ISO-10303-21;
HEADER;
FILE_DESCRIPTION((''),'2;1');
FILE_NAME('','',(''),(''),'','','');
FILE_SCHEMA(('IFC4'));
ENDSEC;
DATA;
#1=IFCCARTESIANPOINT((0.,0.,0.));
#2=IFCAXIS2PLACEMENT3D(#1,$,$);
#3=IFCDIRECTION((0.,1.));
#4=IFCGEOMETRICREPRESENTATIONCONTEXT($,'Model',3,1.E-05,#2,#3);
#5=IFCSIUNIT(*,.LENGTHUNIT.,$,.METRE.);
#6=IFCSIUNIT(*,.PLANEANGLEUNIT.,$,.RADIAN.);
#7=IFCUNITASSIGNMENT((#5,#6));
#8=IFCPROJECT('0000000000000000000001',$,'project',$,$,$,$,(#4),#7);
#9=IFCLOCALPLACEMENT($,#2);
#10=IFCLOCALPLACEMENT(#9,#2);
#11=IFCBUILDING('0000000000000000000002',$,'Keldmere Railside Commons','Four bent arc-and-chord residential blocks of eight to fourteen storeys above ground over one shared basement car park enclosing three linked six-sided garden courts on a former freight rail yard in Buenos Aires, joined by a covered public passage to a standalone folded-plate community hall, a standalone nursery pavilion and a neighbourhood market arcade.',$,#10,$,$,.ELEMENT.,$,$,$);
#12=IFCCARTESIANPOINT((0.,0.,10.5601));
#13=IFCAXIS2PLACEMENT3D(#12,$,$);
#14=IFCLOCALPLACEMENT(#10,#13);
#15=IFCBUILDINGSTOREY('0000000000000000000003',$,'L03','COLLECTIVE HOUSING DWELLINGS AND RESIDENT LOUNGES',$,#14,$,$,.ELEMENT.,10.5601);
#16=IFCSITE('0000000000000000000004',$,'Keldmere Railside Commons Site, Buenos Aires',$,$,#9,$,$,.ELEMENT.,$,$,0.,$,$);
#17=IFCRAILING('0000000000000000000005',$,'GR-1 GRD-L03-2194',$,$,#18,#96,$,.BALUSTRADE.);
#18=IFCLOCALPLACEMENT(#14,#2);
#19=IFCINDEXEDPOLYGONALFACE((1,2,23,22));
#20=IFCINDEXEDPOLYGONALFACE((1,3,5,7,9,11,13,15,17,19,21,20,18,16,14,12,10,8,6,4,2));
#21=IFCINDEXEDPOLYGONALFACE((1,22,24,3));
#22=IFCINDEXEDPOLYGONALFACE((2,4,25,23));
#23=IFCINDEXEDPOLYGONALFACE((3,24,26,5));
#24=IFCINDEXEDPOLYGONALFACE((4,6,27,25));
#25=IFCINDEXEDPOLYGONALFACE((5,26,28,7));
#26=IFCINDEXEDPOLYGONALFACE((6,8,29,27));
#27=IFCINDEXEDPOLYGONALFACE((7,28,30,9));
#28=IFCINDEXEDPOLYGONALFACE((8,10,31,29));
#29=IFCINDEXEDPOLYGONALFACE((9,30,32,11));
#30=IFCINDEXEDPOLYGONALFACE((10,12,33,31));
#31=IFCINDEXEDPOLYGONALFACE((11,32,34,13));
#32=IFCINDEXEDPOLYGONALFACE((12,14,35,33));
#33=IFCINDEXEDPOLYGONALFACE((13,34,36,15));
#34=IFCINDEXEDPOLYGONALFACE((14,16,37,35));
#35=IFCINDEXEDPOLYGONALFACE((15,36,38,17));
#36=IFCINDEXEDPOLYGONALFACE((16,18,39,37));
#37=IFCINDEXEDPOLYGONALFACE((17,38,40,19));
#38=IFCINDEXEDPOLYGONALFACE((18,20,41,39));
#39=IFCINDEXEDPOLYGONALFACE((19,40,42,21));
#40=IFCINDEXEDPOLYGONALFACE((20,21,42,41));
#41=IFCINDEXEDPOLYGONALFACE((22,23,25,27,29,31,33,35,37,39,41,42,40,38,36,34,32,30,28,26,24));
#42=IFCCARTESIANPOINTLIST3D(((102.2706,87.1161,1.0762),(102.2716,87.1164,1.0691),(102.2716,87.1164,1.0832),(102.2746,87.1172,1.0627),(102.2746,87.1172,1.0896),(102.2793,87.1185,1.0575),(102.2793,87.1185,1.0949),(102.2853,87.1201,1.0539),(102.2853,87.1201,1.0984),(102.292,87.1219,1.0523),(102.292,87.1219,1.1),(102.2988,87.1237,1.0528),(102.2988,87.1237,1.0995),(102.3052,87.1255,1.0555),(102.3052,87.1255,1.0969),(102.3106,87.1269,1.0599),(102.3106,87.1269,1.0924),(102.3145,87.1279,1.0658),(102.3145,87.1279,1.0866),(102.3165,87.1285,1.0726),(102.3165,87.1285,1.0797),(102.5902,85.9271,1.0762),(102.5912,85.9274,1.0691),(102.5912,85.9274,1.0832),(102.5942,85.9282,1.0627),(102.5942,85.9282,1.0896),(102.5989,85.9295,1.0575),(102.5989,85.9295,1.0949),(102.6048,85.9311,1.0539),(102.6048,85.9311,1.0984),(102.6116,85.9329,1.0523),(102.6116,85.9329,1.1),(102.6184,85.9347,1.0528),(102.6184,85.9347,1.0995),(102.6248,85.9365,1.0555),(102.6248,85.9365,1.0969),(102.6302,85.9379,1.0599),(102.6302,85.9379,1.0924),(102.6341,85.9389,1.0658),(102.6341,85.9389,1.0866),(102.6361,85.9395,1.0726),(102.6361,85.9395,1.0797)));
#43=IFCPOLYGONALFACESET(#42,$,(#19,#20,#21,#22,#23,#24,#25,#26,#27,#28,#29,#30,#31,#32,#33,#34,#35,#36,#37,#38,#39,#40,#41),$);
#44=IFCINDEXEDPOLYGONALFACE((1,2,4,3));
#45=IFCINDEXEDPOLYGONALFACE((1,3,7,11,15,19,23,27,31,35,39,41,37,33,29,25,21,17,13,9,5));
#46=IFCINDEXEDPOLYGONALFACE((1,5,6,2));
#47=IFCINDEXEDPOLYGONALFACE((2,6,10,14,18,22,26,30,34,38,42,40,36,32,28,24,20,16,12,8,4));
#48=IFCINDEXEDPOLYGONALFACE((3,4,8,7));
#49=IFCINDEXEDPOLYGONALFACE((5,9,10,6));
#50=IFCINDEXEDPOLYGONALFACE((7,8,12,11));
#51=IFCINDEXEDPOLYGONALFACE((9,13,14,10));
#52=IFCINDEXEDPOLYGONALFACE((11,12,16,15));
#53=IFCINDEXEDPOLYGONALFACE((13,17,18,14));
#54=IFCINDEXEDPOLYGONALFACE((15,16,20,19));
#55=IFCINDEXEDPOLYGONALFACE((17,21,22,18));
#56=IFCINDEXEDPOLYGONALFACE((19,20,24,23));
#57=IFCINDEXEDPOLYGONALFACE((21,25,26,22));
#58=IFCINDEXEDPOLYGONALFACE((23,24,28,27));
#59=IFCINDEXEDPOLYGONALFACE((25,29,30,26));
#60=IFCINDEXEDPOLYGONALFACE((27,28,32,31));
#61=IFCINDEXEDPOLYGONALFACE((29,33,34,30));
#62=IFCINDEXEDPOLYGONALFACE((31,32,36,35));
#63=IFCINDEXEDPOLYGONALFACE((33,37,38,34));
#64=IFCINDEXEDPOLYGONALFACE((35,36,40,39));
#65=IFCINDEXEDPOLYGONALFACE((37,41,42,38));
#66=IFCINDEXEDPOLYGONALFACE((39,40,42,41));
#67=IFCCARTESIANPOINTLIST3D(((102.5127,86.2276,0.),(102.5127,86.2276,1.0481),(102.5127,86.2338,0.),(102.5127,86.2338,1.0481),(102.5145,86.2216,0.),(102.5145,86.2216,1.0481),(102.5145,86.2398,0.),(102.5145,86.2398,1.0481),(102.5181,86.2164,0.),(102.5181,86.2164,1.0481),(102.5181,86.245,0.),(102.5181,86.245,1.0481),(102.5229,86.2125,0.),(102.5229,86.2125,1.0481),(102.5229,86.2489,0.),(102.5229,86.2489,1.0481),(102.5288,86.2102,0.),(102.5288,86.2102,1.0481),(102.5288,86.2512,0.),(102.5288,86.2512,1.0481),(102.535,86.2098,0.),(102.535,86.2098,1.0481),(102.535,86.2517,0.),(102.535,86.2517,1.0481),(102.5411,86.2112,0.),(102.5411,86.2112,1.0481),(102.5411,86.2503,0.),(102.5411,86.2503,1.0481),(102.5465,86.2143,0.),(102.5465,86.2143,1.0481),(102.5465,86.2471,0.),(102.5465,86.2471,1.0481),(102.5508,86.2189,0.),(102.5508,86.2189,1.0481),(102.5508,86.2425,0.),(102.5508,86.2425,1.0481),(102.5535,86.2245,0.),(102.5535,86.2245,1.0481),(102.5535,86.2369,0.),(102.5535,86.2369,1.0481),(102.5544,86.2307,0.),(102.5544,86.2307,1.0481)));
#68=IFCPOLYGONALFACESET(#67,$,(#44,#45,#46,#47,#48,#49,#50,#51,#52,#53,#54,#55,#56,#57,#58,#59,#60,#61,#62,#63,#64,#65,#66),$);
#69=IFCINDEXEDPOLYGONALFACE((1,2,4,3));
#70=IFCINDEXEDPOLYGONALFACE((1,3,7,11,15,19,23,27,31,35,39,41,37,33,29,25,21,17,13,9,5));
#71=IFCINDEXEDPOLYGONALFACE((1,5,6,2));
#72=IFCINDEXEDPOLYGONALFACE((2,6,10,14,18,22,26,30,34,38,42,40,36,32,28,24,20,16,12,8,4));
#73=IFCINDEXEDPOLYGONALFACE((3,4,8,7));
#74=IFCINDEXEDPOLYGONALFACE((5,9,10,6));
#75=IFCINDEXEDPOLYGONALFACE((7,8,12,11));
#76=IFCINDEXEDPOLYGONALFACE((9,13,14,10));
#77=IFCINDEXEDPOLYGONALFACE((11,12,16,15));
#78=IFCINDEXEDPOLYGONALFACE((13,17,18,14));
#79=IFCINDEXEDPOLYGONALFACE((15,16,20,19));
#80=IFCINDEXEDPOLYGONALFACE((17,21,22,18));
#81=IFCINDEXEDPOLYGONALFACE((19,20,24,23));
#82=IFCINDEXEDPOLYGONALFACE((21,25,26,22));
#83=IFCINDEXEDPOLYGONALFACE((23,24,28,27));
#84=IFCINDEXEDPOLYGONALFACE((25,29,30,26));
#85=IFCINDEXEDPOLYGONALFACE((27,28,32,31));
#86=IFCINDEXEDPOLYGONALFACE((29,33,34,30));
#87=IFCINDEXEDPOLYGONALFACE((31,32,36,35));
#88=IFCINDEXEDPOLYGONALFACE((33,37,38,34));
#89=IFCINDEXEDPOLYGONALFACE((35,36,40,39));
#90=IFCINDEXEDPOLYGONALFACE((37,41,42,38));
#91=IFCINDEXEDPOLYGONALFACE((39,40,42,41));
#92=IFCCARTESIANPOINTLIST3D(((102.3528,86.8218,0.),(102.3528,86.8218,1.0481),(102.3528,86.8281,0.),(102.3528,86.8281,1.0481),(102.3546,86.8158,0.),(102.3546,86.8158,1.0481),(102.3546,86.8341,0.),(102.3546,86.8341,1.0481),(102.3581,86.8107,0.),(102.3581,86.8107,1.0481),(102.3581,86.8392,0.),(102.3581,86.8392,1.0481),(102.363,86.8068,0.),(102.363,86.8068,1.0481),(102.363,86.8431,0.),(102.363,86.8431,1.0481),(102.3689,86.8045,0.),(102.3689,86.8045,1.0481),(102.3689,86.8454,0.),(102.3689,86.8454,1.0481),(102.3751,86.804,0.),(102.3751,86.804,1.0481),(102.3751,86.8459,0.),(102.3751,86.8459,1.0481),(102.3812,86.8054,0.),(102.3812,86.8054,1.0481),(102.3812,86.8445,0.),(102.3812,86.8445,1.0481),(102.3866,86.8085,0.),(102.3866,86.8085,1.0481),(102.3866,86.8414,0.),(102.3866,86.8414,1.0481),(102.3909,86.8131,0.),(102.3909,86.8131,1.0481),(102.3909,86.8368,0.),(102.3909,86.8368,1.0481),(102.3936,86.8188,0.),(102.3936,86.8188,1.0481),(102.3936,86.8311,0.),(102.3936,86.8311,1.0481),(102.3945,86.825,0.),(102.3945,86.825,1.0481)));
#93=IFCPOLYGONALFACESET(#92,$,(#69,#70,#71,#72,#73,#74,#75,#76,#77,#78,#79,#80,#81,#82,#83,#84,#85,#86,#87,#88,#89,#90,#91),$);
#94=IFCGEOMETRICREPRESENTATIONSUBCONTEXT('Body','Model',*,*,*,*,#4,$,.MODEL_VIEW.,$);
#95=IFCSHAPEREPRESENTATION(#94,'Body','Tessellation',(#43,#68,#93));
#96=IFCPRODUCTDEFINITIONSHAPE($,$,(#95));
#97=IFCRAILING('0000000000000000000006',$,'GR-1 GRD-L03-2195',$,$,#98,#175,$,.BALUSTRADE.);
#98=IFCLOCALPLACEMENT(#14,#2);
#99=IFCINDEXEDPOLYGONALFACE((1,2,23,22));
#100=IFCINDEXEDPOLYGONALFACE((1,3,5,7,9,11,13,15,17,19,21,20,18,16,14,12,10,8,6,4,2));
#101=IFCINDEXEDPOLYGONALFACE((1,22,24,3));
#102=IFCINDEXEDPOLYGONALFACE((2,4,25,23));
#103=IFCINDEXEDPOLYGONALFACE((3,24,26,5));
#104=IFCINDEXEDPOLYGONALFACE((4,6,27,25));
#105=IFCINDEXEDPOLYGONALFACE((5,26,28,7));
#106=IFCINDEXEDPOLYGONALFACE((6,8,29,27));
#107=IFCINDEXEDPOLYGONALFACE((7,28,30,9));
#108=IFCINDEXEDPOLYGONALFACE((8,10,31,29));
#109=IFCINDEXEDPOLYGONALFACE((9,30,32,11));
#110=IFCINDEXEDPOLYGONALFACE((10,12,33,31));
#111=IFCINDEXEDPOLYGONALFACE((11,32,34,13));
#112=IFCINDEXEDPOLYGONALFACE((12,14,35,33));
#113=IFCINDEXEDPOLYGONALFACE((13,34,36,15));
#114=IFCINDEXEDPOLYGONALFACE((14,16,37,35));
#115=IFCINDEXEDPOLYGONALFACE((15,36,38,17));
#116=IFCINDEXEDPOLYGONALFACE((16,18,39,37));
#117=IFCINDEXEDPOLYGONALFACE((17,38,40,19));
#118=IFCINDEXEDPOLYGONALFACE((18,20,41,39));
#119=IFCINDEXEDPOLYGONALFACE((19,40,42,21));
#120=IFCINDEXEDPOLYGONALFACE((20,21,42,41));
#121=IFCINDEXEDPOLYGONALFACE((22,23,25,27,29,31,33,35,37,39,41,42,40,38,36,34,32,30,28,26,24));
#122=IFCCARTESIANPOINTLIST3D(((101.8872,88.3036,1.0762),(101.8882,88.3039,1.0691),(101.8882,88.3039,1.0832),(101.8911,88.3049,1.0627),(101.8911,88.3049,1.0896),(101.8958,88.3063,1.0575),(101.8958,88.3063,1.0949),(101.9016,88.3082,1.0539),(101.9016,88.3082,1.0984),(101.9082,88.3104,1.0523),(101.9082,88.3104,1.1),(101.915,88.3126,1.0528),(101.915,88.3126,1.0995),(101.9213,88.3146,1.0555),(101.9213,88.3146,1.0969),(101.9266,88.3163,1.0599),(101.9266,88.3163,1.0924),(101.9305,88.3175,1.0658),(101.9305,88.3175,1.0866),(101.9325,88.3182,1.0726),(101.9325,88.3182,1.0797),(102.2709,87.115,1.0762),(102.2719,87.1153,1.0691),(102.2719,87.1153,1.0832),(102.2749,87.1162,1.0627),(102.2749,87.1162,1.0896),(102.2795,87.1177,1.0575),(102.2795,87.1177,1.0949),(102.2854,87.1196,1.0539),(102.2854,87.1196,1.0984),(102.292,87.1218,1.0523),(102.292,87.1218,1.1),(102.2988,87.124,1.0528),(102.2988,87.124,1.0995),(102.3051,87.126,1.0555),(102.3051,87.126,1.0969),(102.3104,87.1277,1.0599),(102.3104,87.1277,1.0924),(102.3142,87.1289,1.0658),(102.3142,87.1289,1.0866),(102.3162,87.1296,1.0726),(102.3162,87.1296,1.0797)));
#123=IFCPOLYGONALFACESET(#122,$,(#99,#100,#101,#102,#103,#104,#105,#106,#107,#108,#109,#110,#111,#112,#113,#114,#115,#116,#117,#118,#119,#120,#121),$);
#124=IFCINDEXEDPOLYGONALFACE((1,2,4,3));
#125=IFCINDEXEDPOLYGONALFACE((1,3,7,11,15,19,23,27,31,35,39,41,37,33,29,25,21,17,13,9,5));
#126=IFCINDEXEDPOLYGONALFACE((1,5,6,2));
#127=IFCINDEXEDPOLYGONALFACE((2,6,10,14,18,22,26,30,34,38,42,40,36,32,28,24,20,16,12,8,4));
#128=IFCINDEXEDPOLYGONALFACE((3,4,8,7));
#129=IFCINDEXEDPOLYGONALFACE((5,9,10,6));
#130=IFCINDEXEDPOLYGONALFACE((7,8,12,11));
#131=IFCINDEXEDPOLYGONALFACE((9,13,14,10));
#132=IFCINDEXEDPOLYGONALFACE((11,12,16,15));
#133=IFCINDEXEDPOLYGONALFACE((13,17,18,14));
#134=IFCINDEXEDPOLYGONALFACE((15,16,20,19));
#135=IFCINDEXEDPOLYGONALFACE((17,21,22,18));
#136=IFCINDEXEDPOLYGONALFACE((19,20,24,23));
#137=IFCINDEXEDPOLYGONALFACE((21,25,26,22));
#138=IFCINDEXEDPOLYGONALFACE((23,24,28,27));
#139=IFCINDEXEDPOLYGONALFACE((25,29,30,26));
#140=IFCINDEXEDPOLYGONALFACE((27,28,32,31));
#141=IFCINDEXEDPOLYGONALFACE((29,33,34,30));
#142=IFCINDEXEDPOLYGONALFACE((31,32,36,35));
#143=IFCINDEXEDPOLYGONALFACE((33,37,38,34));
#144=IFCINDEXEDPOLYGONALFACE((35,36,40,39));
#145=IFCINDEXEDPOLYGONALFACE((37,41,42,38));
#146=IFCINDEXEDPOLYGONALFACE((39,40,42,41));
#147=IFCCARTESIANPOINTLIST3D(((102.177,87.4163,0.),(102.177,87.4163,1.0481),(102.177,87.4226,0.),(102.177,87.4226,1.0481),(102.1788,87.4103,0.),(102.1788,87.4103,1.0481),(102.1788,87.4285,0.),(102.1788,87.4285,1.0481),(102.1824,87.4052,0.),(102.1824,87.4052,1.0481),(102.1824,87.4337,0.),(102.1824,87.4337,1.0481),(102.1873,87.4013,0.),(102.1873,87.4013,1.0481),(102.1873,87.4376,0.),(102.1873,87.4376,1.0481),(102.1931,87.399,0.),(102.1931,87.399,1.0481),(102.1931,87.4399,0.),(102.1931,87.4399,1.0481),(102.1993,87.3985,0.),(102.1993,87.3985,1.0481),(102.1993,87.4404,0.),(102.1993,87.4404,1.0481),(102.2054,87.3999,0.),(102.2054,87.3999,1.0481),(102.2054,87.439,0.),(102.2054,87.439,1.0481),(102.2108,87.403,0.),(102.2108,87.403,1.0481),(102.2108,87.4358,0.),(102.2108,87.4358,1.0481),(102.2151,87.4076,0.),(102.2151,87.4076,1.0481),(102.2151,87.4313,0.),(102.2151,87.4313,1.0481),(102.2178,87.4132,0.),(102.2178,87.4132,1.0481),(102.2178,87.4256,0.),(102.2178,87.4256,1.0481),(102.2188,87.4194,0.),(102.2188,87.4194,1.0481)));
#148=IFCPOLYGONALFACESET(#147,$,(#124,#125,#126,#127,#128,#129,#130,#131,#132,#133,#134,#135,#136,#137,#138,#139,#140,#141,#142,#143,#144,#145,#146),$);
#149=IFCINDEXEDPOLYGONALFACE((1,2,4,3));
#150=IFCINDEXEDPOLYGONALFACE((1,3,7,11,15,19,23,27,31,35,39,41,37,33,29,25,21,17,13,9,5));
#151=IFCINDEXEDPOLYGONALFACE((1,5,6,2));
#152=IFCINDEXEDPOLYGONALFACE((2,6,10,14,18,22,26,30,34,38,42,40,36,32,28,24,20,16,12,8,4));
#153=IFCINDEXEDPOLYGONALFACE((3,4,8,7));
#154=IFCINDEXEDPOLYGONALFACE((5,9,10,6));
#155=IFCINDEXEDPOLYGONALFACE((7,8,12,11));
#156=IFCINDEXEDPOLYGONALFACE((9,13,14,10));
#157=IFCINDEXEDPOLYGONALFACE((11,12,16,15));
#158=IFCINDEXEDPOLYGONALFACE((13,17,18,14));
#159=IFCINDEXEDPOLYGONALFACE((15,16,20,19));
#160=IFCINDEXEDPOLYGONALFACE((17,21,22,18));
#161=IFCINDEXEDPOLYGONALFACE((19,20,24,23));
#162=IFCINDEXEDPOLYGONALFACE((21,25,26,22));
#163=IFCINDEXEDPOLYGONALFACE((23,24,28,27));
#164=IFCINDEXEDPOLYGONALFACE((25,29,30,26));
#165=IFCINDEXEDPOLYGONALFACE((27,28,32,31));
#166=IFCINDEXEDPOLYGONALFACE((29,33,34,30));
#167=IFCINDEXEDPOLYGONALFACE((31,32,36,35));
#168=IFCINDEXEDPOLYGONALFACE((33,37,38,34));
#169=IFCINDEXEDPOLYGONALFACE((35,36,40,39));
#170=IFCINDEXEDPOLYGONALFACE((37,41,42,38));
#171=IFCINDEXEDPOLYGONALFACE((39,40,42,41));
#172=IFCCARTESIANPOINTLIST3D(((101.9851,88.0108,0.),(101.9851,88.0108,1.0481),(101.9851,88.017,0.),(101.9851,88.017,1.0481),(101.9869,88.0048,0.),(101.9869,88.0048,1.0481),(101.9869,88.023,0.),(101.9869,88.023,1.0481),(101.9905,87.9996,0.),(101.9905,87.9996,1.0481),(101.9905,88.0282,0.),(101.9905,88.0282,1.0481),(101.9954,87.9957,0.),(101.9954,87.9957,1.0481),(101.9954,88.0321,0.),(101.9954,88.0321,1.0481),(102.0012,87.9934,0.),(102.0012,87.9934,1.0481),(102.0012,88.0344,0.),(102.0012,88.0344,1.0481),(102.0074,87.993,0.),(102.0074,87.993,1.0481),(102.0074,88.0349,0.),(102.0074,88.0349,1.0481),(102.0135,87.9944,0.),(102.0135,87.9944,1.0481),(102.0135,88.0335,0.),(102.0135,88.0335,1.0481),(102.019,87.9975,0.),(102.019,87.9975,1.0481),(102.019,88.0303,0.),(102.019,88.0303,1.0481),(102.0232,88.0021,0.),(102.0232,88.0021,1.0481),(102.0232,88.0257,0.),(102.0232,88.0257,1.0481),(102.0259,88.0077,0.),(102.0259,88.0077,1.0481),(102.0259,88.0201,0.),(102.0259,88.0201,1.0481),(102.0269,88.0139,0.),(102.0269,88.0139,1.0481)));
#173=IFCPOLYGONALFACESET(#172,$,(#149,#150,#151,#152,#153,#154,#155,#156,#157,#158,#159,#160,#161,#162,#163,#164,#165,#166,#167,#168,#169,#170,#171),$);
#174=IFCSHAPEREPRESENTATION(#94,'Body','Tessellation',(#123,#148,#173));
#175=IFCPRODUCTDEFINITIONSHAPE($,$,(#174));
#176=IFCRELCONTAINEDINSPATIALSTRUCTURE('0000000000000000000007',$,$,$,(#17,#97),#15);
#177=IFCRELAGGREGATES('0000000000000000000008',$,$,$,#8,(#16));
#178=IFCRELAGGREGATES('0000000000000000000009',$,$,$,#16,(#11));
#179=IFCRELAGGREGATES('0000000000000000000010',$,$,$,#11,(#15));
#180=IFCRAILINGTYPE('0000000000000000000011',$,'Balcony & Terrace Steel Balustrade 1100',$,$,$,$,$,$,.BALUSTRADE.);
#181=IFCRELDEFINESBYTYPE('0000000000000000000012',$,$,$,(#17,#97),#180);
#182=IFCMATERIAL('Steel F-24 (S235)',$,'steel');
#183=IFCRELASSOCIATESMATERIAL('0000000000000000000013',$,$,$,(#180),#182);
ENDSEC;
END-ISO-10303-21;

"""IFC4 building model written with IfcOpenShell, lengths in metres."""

from ifc_helpers import new_model, si_unit, direction, frame, origin, origin_2d, place, context, subcontext, project, spatial, circle, extrude, material, type_object, element, save


model = new_model("IFC4")

# Units and contexts
model_context = context("Model", 3, precision=1e-05, world=origin(), true_north=direction((0.0, 1.0)))
body_context = subcontext(model_context, "Body", "Model", "MODEL_VIEW")
ifc_project = project(units=[si_unit("LENGTHUNIT", "METRE"), si_unit("PLANEANGLEUNIT", "RADIAN")], contexts=[model_context])

# Site, building, storey
site_placement = place(None, origin())
site = spatial("IfcSite", under=ifc_project, at=site_placement, Name="Keldmere Railside Commons Site, Buenos Aires", CompositionType="ELEMENT", RefElevation=0.0)
building_placement = place(site_placement, origin())
building = spatial("IfcBuilding", under=site, at=building_placement, Name="Keldmere Railside Commons", Description="Four bent arc-and-chord residential blocks of eight to fourteen storeys above ground over one shared basement car park enclosing three linked six-sided garden courts on a former freight rail yard in Buenos Aires, joined by a covered public passage to a standalone folded-plate community hall, a standalone nursery pavilion and a neighbourhood market arcade.", CompositionType="ELEMENT")
storey_placement = place(building_placement, frame((0.0, 0.0, 10.5601)))
storey = spatial("IfcBuildingStorey", under=building, at=storey_placement, Name="L03", Description="COLLECTIVE HOUSING DWELLINGS AND RESIDENT LOUNGES", CompositionType="ELEMENT", Elevation=10.5601)

# Railings
ifc_material_1 = material(Name="Steel F-24 (S235)", Category="steel")
railing_type = type_object("IfcRailingType", Name="Balcony & Terrace Steel Balustrade 1100", PredefinedType="BALUSTRADE", material=ifc_material_1)
railing_1_placement = place(storey_placement, frame((102.6133, 85.9333, 0.0)))
element("IfcRailing", 1, at=railing_1_placement, inside=storey, type_object=railing_type, Name="GR-1 GRD-L03-2194", PredefinedType="BALUSTRADE", context=body_context, shape_type="SweptSolid", body=[
    extrude(circle(Radius=0.0239, at=origin_2d()), frame((0.0, 0.0, 1.0762), z_axis=(-0.259575, 0.965723, 0.0), x_axis=(-0.965723, -0.259575, 0.0)), (0.0, 0.0, 1.0), 1.2312),
    extrude(circle(Radius=0.021, at=origin_2d()), frame((-0.0798, 0.2974, 0.0)), (0.0, 0.0, 1.0), 1.0481),
    extrude(circle(Radius=0.021, at=origin_2d()), frame((-0.2397, 0.8916, 0.0)), (0.0, 0.0, 1.0), 1.0481),
])
railing_2_placement = place(storey_placement, frame((102.2937, 87.1223, 0.0)))
element("IfcRailing", 2, at=railing_2_placement, inside=storey, type_object=railing_type, Name="GR-1 GRD-L03-2195", PredefinedType="BALUSTRADE", context=body_context, shape_type="SweptSolid", body=[
    extrude(circle(Radius=0.0239, at=origin_2d()), frame((0.0, 0.0, 1.0762), z_axis=(-0.307243, 0.951631, 0.0), x_axis=(-0.951631, -0.307243, 0.0)), (0.0, 0.0, 1.0), 1.249),
    extrude(circle(Radius=0.021, at=origin_2d()), frame((-0.0959, 0.2971, 0.0)), (0.0, 0.0, 1.0), 1.0481),
    extrude(circle(Radius=0.021, at=origin_2d()), frame((-0.2878, 0.8916, 0.0)), (0.0, 0.0, 1.0), 1.0481),
])

save(model, "model.ifc")
